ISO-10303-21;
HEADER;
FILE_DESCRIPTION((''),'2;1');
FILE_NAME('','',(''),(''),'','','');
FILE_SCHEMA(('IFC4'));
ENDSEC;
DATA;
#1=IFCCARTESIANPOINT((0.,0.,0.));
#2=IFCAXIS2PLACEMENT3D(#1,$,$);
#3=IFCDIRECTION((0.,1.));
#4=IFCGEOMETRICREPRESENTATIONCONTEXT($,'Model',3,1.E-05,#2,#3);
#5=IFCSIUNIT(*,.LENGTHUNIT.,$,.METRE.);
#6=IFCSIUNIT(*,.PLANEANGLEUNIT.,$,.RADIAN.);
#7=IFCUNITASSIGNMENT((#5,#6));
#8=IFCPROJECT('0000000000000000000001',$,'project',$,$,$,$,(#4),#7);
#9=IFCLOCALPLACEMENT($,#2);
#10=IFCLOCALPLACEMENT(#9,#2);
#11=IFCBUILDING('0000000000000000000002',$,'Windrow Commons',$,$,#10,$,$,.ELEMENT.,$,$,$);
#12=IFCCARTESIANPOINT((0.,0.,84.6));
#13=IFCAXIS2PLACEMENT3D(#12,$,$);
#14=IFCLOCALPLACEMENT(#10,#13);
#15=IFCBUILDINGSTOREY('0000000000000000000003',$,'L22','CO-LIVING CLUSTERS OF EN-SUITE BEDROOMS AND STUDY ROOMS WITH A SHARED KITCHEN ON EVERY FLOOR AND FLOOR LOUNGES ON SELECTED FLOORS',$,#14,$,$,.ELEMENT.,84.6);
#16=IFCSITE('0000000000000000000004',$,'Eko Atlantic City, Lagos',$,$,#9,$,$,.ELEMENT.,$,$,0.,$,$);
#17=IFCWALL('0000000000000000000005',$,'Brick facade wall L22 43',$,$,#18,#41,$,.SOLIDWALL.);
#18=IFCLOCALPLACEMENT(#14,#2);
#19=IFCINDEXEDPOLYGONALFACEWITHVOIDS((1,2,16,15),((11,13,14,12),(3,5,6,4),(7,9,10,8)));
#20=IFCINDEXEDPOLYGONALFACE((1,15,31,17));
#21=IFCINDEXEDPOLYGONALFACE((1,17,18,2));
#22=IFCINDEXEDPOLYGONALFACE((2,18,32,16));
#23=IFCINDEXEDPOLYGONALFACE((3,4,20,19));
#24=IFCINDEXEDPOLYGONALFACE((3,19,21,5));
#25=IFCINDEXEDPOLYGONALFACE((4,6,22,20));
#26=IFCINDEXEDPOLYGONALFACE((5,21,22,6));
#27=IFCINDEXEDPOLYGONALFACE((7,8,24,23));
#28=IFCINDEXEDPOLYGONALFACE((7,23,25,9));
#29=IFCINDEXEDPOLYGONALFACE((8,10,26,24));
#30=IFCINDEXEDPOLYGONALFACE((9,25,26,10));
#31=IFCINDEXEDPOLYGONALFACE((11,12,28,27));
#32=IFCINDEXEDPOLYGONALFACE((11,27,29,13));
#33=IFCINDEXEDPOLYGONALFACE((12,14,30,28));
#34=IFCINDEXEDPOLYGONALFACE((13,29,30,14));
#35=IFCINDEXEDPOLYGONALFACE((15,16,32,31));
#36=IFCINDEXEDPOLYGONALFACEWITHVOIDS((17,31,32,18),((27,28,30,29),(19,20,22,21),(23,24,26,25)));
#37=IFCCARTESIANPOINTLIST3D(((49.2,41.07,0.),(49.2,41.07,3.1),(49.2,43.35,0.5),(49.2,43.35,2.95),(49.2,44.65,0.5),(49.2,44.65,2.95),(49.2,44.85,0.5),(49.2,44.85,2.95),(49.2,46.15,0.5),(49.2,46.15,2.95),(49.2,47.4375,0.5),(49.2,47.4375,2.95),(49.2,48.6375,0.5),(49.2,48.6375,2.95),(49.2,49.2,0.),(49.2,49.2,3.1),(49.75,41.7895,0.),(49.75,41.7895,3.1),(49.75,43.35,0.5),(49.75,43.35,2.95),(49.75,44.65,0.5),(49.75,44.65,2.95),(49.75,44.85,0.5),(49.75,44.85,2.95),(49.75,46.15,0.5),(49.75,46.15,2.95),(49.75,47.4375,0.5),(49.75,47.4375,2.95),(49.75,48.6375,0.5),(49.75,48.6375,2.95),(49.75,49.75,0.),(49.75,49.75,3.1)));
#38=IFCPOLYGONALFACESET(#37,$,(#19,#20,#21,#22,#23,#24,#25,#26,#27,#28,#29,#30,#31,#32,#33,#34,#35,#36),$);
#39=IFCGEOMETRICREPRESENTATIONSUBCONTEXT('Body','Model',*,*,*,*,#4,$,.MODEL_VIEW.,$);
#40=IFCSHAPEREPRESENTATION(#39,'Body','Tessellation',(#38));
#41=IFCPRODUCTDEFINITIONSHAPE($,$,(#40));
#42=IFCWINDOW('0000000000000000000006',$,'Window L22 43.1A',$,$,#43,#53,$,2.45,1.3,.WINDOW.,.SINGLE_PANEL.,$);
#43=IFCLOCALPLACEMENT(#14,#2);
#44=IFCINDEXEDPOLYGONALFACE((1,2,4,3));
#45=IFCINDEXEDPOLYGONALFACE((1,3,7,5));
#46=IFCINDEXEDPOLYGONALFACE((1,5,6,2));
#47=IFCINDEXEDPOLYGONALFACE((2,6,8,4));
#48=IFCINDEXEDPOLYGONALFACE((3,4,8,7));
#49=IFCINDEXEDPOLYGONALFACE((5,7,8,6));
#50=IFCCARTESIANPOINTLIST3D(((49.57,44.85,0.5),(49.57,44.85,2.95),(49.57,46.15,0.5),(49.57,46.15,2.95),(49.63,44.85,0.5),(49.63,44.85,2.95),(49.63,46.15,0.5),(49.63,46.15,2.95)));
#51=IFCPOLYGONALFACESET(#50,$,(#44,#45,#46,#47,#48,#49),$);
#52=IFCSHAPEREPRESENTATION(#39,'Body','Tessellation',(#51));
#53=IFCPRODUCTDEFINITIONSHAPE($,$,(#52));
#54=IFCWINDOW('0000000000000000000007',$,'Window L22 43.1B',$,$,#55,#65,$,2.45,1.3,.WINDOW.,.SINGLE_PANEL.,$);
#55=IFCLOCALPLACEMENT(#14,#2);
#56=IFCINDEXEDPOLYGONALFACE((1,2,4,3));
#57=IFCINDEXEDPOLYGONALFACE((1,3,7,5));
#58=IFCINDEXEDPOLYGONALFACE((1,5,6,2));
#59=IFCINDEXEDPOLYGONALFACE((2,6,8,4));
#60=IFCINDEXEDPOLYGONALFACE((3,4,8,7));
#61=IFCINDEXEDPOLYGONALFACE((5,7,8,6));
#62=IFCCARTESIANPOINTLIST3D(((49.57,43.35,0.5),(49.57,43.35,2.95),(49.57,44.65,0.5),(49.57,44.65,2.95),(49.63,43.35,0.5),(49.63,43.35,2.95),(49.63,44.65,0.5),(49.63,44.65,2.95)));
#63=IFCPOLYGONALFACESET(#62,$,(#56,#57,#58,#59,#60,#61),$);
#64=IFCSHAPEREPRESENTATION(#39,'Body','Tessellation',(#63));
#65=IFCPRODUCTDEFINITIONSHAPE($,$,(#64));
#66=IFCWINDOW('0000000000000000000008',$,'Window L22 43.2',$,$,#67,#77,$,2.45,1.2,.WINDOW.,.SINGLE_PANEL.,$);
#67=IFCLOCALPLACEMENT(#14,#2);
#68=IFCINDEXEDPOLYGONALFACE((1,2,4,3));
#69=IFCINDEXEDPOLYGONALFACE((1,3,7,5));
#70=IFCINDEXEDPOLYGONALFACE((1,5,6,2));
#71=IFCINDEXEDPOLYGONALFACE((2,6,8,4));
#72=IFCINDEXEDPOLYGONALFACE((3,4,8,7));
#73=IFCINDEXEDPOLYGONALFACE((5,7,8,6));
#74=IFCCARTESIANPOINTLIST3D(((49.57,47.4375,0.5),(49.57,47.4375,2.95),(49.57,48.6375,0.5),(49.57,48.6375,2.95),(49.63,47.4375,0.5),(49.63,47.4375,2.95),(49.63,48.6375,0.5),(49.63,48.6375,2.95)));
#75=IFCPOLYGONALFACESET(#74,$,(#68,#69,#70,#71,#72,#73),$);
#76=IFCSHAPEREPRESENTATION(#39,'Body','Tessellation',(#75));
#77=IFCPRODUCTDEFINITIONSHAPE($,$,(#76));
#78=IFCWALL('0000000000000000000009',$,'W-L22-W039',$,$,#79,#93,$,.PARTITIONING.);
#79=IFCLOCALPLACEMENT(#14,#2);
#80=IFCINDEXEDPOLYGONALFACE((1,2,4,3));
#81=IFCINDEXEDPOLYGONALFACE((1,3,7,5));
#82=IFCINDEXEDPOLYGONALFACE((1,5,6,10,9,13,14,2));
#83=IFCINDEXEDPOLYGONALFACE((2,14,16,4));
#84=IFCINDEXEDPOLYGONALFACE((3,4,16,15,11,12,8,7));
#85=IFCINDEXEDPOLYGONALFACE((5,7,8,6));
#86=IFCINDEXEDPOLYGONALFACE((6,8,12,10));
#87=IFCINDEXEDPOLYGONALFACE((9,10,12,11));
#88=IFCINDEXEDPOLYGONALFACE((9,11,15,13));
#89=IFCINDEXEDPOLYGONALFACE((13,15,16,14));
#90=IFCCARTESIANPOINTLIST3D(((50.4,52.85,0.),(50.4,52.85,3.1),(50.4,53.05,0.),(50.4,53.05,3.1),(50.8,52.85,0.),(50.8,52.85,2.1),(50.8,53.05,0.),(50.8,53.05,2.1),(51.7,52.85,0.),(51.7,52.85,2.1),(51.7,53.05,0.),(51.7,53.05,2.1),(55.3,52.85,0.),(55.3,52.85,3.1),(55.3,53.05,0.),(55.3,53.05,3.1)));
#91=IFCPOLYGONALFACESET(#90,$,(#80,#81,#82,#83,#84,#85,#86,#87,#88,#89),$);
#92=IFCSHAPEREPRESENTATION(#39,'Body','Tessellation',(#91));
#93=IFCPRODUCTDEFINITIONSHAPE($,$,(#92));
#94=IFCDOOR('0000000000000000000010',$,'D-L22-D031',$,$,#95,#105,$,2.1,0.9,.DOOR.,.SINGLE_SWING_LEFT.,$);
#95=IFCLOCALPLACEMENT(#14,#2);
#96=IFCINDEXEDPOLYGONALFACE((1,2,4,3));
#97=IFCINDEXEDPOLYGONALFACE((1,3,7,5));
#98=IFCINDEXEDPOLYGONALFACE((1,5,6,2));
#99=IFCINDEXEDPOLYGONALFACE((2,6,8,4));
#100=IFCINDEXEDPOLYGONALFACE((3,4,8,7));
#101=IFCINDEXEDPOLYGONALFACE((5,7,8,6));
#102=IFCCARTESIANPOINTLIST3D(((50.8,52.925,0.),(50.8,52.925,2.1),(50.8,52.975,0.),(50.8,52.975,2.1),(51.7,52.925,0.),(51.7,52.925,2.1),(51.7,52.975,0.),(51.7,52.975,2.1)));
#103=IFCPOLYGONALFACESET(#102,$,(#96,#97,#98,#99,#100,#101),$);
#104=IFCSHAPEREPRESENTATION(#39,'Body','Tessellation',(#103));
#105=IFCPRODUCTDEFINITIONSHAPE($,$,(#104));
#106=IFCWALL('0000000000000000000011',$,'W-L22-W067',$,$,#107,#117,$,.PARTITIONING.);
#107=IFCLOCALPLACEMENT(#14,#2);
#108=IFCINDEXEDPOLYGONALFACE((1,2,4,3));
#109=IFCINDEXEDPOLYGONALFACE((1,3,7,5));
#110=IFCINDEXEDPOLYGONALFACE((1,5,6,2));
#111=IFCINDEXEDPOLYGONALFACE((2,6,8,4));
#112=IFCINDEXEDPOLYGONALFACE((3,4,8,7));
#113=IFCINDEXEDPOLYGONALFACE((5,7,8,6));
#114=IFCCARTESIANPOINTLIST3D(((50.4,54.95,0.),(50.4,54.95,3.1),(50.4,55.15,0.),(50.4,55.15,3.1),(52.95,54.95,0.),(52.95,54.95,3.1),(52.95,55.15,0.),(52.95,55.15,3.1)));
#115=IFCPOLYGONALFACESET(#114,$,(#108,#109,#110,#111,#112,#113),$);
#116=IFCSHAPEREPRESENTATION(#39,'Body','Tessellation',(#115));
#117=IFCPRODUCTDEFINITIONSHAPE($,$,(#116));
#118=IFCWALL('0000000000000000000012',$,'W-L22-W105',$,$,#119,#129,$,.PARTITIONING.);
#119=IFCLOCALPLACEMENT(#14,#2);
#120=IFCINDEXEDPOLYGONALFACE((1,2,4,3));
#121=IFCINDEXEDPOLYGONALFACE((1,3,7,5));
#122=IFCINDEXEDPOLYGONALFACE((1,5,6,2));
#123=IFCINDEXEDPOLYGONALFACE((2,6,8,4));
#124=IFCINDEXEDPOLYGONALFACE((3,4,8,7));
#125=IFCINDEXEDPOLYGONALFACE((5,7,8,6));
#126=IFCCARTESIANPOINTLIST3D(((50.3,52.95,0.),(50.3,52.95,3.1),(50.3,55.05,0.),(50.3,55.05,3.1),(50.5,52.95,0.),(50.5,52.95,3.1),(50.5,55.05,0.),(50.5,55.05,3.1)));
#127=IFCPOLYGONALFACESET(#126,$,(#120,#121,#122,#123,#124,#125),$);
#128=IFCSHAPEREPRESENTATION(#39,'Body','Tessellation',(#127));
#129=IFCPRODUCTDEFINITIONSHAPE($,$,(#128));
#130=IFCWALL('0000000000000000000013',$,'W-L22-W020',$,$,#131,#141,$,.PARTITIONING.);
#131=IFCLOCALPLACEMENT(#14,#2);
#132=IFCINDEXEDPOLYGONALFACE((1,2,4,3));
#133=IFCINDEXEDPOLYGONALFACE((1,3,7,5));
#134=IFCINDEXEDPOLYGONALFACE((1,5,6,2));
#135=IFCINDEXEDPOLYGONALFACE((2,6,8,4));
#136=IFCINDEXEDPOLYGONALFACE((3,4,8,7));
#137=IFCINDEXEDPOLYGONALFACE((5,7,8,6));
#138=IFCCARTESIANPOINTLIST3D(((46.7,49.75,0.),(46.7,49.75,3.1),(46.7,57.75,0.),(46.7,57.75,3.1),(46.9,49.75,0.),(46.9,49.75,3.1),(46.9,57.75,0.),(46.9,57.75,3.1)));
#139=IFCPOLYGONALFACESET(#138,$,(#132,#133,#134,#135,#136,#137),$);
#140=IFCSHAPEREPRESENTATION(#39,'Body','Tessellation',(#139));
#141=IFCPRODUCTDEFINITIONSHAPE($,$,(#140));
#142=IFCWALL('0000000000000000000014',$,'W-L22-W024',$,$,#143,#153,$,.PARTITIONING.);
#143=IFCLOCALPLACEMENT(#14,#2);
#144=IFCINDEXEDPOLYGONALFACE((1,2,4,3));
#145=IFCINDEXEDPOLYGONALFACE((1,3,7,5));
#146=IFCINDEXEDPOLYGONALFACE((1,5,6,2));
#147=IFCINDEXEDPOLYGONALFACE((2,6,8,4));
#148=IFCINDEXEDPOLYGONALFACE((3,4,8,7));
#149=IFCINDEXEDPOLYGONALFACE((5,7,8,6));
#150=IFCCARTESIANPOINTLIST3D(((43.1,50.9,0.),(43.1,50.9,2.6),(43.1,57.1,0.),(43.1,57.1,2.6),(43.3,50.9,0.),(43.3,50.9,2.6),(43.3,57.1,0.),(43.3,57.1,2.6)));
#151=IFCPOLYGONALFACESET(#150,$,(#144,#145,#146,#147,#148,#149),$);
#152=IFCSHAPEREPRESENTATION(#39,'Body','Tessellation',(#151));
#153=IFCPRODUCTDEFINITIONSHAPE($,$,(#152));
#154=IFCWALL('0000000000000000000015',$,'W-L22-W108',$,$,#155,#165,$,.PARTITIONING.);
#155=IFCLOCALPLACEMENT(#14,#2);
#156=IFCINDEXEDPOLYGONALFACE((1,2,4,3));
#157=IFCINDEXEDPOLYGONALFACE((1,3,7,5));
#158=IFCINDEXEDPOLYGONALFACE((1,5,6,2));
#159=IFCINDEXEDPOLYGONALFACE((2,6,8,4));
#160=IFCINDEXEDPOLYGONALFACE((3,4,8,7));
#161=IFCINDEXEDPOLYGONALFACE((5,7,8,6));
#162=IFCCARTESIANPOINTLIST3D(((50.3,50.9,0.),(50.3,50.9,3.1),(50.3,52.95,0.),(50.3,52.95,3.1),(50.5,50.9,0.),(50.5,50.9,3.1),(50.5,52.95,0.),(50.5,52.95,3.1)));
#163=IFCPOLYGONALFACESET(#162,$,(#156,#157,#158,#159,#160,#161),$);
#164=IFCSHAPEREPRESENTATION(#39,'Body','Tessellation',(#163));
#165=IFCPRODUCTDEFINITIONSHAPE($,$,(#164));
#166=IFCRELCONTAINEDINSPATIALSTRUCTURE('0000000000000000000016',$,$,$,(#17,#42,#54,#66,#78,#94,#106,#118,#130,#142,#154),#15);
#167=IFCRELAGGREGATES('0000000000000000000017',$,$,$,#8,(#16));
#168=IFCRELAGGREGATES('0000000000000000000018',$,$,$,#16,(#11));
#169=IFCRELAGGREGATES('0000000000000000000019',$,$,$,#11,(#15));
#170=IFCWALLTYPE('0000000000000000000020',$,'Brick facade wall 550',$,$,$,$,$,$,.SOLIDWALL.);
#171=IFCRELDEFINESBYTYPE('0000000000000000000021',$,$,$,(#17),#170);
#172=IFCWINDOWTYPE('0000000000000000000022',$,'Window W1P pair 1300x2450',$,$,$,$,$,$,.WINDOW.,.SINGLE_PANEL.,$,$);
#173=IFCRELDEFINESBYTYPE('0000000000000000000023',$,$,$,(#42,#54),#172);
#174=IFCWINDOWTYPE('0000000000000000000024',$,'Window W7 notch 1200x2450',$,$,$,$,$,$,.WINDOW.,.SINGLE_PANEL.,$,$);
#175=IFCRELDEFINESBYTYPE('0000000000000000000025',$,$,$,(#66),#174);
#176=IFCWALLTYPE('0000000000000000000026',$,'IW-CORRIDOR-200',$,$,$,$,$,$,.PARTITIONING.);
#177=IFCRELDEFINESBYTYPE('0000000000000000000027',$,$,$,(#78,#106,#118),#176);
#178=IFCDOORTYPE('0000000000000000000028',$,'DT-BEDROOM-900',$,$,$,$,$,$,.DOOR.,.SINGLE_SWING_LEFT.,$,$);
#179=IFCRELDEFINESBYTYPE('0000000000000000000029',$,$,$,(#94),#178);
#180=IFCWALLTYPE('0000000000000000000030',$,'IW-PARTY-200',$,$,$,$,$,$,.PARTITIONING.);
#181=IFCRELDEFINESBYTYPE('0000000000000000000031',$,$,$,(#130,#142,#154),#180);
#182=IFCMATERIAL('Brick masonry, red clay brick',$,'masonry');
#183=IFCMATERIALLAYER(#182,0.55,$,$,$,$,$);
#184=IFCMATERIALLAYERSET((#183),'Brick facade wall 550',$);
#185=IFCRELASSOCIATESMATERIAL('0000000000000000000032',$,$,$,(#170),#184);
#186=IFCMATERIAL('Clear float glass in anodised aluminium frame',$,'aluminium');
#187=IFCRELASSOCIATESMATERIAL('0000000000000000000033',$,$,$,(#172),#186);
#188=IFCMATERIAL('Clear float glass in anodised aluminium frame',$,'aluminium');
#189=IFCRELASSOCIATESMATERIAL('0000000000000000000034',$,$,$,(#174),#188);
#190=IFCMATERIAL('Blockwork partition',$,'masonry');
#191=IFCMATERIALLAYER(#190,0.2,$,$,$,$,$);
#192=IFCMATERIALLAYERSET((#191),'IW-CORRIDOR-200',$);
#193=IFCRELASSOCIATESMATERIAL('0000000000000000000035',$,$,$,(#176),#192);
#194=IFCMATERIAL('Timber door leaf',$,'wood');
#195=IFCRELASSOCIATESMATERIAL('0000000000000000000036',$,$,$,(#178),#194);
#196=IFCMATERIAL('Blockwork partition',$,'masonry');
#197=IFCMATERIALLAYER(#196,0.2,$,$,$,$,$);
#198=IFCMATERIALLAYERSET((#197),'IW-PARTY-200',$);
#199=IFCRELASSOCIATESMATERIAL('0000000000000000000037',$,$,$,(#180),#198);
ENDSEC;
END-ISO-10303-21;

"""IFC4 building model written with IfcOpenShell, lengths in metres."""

from ifc_helpers import new_model, si_unit, direction, frame, frame_2d, origin, place, context, subcontext, project, spatial, polyline, rectangle, outline, extrude, material, layer, layer_set, type_object, element, fill, save


model = new_model("IFC4")

# Units and contexts
model_context = context("Model", 3, precision=1e-05, world=origin(), true_north=direction((0.0, 1.0)))
body_context = subcontext(model_context, "Body", "Model", "MODEL_VIEW")
ifc_project = project(units=[si_unit("LENGTHUNIT", "METRE"), si_unit("PLANEANGLEUNIT", "RADIAN")], contexts=[model_context])

# Site, building, storey
site_placement = place(None, origin())
site = spatial("IfcSite", under=ifc_project, at=site_placement, Name="Eko Atlantic City, Lagos", CompositionType="ELEMENT", RefElevation=0.0)
building_placement = place(site_placement, origin())
building = spatial("IfcBuilding", under=site, at=building_placement, Name="Windrow Commons", CompositionType="ELEMENT")
storey_placement = place(building_placement, frame((0.0, 0.0, 84.6)))
storey = spatial("IfcBuildingStorey", under=building, at=storey_placement, Name="L22", Description="CO-LIVING CLUSTERS OF EN-SUITE BEDROOMS AND STUDY ROOMS WITH A SHARED KITCHEN ON EVERY FLOOR AND FLOOR LOUNGES ON SELECTED FLOORS", CompositionType="ELEMENT", Elevation=84.6)

# Wall, openings, windows
ifc_material_1 = material(Name="Brick masonry, red clay brick", Category="masonry")
ifc_layer_1 = layer(ifc_material_1, 0.55)
ifc_layer_set_1 = layer_set([ifc_layer_1], Name="Brick facade wall 550")
wall_type_1 = type_object("IfcWallType", Name="Brick facade wall 550", PredefinedType="SOLIDWALL", material=ifc_layer_set_1)
ifc_material_2 = material(Name="Clear float glass in anodised aluminium frame", Category="aluminium")
window_type_1 = type_object("IfcWindowType", Name="Window W1P pair 1300x2450", PartitioningType="SINGLE_PANEL", PredefinedType="WINDOW", material=ifc_material_2)
ifc_material_3 = material(Name="Clear float glass in anodised aluminium frame", Category="aluminium")
window_type_2 = type_object("IfcWindowType", Name="Window W7 notch 1200x2450", PartitioningType="SINGLE_PANEL", PredefinedType="WINDOW", material=ifc_material_3)
wall_1_placement = place(storey_placement, frame((49.475, 49.475, 0.0), z_axis=(0.0, 0.0, 1.0), x_axis=(0.0, -1.0, 0.0)))
wall_1 = element("IfcWall", 1, at=wall_1_placement, inside=storey, type_object=wall_type_1, Name="Brick facade wall L22 43", PredefinedType="SOLIDWALL", context=body_context, shape_type="SweptSolid", body=[
    extrude(outline(polyline([(0.275, -0.275), (8.405, -0.275), (7.6855, 0.275), (-0.275, 0.275), (0.275, -0.275)])), origin(), (0.0, 0.0, 1.0), 3.1),
])
opening_1_placement = place(wall_1_placement, frame((3.325, 0.0, 0.5)))
opening_1 = element("IfcOpeningElement", 2, at=opening_1_placement, cuts=wall_1, PredefinedType="OPENING", context=body_context, shape_type="SweptSolid", body=[
    extrude(rectangle(XDim=1.3, YDim=2.45, at=frame_2d((0.65, 1.225))), frame((0.0, 0.285, 0.0), z_axis=(0.0, -1.0, 0.0), x_axis=(1.0, 0.0, 0.0)), (0.0, 0.0, 1.0), 0.57),
])
opening_2_placement = place(wall_1_placement, frame((4.825, 0.0, 0.5)))
opening_2 = element("IfcOpeningElement", 3, at=opening_2_placement, cuts=wall_1, PredefinedType="OPENING", context=body_context, shape_type="SweptSolid", body=[
    extrude(rectangle(XDim=1.3, YDim=2.45, at=frame_2d((0.65, 1.225))), frame((0.0, 0.285, 0.0), z_axis=(0.0, -1.0, 0.0), x_axis=(1.0, 0.0, 0.0)), (0.0, 0.0, 1.0), 0.57),
])
opening_3_placement = place(wall_1_placement, frame((0.8375, 0.0, 0.5)))
opening_3 = element("IfcOpeningElement", 4, at=opening_3_placement, cuts=wall_1, PredefinedType="OPENING", context=body_context, shape_type="SweptSolid", body=[
    extrude(rectangle(XDim=1.2, YDim=2.45, at=frame_2d((0.6, 1.225))), frame((0.0, 0.285, 0.0), z_axis=(0.0, -1.0, 0.0), x_axis=(1.0, 0.0, 0.0)), (0.0, 0.0, 1.0), 0.57),
])
window_1_placement = place(opening_1_placement, origin())
window_1 = element("IfcWindow", 5, at=window_1_placement, inside=storey, type_object=window_type_1, Name="Window L22 43.1A", OverallHeight=2.45, OverallWidth=1.3, PartitioningType="SINGLE_PANEL", PredefinedType="WINDOW", context=body_context, shape_type="SweptSolid", body=[
    extrude(rectangle(XDim=1.3, YDim=2.45, at=frame_2d((0.65, 1.225))), frame((0.0, 0.155, 0.0), z_axis=(0.0, -1.0, 0.0), x_axis=(1.0, 0.0, 0.0)), (0.0, 0.0, 1.0), 0.06),
])
fill(opening_1, window_1)
window_2_placement = place(opening_2_placement, origin())
window_2 = element("IfcWindow", 6, at=window_2_placement, inside=storey, type_object=window_type_1, Name="Window L22 43.1B", OverallHeight=2.45, OverallWidth=1.3, PartitioningType="SINGLE_PANEL", PredefinedType="WINDOW", context=body_context, shape_type="SweptSolid", body=[
    extrude(rectangle(XDim=1.3, YDim=2.45, at=frame_2d((0.65, 1.225))), frame((0.0, 0.155, 0.0), z_axis=(0.0, -1.0, 0.0), x_axis=(1.0, 0.0, 0.0)), (0.0, 0.0, 1.0), 0.06),
])
fill(opening_2, window_2)
window_3_placement = place(opening_3_placement, origin())
window_3 = element("IfcWindow", 7, at=window_3_placement, inside=storey, type_object=window_type_2, Name="Window L22 43.2", OverallHeight=2.45, OverallWidth=1.2, PartitioningType="SINGLE_PANEL", PredefinedType="WINDOW", context=body_context, shape_type="SweptSolid", body=[
    extrude(rectangle(XDim=1.2, YDim=2.45, at=frame_2d((0.6, 1.225))), frame((0.0, 0.155, 0.0), z_axis=(0.0, -1.0, 0.0), x_axis=(1.0, 0.0, 0.0)), (0.0, 0.0, 1.0), 0.06),
])
fill(opening_3, window_3)

# Wall, opening, door
ifc_material_4 = material(Name="Blockwork partition", Category="masonry")
ifc_layer_2 = layer(ifc_material_4, 0.2)
ifc_layer_set_2 = layer_set([ifc_layer_2], Name="IW-CORRIDOR-200")
wall_type_2 = type_object("IfcWallType", Name="IW-CORRIDOR-200", PredefinedType="PARTITIONING", material=ifc_layer_set_2)
wall_2_placement = place(storey_placement, frame((50.4, 52.95, 0.0), z_axis=(0.0, 0.0, 1.0), x_axis=(1.0, 0.0, 0.0)))
wall_2 = element("IfcWall", 8, at=wall_2_placement, inside=storey, type_object=wall_type_2, Name="W-L22-W039", PredefinedType="PARTITIONING", context=body_context, shape_type="SweptSolid", body=[
    extrude(rectangle(XDim=4.9, YDim=0.2, at=frame_2d((2.45, 0.0))), origin(), (0.0, 0.0, 1.0), 3.1),
])
opening_4_placement = place(wall_2_placement, frame((0.4, 0.0, 0.0)))
opening_4 = element("IfcOpeningElement", 9, at=opening_4_placement, cuts=wall_2, PredefinedType="OPENING", context=body_context, shape_type="SweptSolid", body=[
    extrude(rectangle(XDim=0.9, YDim=2.1, at=frame_2d((0.45, 1.05))), frame((0.0, 0.11, 0.0), z_axis=(0.0, -1.0, 0.0), x_axis=(1.0, 0.0, 0.0)), (0.0, 0.0, 1.0), 0.22),
])
ifc_material_5 = material(Name="Timber door leaf", Category="wood")
door_type = type_object("IfcDoorType", Name="DT-BEDROOM-900", OperationType="SINGLE_SWING_LEFT", PredefinedType="DOOR", material=ifc_material_5)
door_placement = place(opening_4_placement, origin())
door = element("IfcDoor", 10, at=door_placement, inside=storey, type_object=door_type, Name="D-L22-D031", OperationType="SINGLE_SWING_LEFT", OverallHeight=2.1, OverallWidth=0.9, PredefinedType="DOOR", context=body_context, shape_type="SweptSolid", body=[
    extrude(rectangle(XDim=0.9, YDim=2.1, at=frame_2d((0.45, 1.05))), frame((0.0, 0.025, 0.0), z_axis=(0.0, -1.0, 0.0), x_axis=(1.0, 0.0, 0.0)), (0.0, 0.0, 1.0), 0.05),
])
fill(opening_4, door)

# Walls
wall_3_placement = place(storey_placement, frame((50.4, 55.05, 0.0), z_axis=(0.0, 0.0, 1.0), x_axis=(1.0, 0.0, 0.0)))
element("IfcWall", 11, at=wall_3_placement, inside=storey, type_object=wall_type_2, Name="W-L22-W067", PredefinedType="PARTITIONING", context=body_context, shape_type="SweptSolid", body=[
    extrude(rectangle(XDim=2.55, YDim=0.2, at=frame_2d((1.275, 0.0))), origin(), (0.0, 0.0, 1.0), 3.1),
])
wall_4_placement = place(storey_placement, frame((50.4, 52.95, 0.0), z_axis=(0.0, 0.0, 1.0), x_axis=(0.0, 1.0, 0.0)))
element("IfcWall", 12, at=wall_4_placement, inside=storey, type_object=wall_type_2, Name="W-L22-W105", PredefinedType="PARTITIONING", context=body_context, shape_type="SweptSolid", body=[
    extrude(rectangle(XDim=2.1, YDim=0.2, at=frame_2d((1.05, 0.0))), origin(), (0.0, 0.0, 1.0), 3.1),
])
ifc_material_6 = material(Name="Blockwork partition", Category="masonry")
ifc_layer_3 = layer(ifc_material_6, 0.2)
ifc_layer_set_3 = layer_set([ifc_layer_3], Name="IW-PARTY-200")
wall_type_3 = type_object("IfcWallType", Name="IW-PARTY-200", PredefinedType="PARTITIONING", material=ifc_layer_set_3)
wall_5_placement = place(storey_placement, frame((46.8, 49.75, 0.0), z_axis=(0.0, 0.0, 1.0), x_axis=(0.0, 1.0, 0.0)))
element("IfcWall", 13, at=wall_5_placement, inside=storey, type_object=wall_type_3, Name="W-L22-W020", PredefinedType="PARTITIONING", context=body_context, shape_type="SweptSolid", body=[
    extrude(rectangle(XDim=8.0, YDim=0.2, at=frame_2d((4.0, 0.0))), origin(), (0.0, 0.0, 1.0), 3.1),
])
wall_6_placement = place(storey_placement, frame((43.2, 50.9, 0.0), z_axis=(0.0, 0.0, 1.0), x_axis=(0.0, 1.0, 0.0)))
element("IfcWall", 14, at=wall_6_placement, inside=storey, type_object=wall_type_3, Name="W-L22-W024", PredefinedType="PARTITIONING", context=body_context, shape_type="SweptSolid", body=[
    extrude(rectangle(XDim=6.2, YDim=0.2, at=frame_2d((3.1, 0.0))), origin(), (0.0, 0.0, 1.0), 2.6),
])
wall_7_placement = place(storey_placement, frame((50.4, 50.9, 0.0), z_axis=(0.0, 0.0, 1.0), x_axis=(0.0, 1.0, 0.0)))
element("IfcWall", 15, at=wall_7_placement, inside=storey, type_object=wall_type_3, Name="W-L22-W108", PredefinedType="PARTITIONING", context=body_context, shape_type="SweptSolid", body=[
    extrude(rectangle(XDim=2.05, YDim=0.2, at=frame_2d((1.025, 0.0))), origin(), (0.0, 0.0, 1.0), 3.1),
])

save(model, "model.ifc")
